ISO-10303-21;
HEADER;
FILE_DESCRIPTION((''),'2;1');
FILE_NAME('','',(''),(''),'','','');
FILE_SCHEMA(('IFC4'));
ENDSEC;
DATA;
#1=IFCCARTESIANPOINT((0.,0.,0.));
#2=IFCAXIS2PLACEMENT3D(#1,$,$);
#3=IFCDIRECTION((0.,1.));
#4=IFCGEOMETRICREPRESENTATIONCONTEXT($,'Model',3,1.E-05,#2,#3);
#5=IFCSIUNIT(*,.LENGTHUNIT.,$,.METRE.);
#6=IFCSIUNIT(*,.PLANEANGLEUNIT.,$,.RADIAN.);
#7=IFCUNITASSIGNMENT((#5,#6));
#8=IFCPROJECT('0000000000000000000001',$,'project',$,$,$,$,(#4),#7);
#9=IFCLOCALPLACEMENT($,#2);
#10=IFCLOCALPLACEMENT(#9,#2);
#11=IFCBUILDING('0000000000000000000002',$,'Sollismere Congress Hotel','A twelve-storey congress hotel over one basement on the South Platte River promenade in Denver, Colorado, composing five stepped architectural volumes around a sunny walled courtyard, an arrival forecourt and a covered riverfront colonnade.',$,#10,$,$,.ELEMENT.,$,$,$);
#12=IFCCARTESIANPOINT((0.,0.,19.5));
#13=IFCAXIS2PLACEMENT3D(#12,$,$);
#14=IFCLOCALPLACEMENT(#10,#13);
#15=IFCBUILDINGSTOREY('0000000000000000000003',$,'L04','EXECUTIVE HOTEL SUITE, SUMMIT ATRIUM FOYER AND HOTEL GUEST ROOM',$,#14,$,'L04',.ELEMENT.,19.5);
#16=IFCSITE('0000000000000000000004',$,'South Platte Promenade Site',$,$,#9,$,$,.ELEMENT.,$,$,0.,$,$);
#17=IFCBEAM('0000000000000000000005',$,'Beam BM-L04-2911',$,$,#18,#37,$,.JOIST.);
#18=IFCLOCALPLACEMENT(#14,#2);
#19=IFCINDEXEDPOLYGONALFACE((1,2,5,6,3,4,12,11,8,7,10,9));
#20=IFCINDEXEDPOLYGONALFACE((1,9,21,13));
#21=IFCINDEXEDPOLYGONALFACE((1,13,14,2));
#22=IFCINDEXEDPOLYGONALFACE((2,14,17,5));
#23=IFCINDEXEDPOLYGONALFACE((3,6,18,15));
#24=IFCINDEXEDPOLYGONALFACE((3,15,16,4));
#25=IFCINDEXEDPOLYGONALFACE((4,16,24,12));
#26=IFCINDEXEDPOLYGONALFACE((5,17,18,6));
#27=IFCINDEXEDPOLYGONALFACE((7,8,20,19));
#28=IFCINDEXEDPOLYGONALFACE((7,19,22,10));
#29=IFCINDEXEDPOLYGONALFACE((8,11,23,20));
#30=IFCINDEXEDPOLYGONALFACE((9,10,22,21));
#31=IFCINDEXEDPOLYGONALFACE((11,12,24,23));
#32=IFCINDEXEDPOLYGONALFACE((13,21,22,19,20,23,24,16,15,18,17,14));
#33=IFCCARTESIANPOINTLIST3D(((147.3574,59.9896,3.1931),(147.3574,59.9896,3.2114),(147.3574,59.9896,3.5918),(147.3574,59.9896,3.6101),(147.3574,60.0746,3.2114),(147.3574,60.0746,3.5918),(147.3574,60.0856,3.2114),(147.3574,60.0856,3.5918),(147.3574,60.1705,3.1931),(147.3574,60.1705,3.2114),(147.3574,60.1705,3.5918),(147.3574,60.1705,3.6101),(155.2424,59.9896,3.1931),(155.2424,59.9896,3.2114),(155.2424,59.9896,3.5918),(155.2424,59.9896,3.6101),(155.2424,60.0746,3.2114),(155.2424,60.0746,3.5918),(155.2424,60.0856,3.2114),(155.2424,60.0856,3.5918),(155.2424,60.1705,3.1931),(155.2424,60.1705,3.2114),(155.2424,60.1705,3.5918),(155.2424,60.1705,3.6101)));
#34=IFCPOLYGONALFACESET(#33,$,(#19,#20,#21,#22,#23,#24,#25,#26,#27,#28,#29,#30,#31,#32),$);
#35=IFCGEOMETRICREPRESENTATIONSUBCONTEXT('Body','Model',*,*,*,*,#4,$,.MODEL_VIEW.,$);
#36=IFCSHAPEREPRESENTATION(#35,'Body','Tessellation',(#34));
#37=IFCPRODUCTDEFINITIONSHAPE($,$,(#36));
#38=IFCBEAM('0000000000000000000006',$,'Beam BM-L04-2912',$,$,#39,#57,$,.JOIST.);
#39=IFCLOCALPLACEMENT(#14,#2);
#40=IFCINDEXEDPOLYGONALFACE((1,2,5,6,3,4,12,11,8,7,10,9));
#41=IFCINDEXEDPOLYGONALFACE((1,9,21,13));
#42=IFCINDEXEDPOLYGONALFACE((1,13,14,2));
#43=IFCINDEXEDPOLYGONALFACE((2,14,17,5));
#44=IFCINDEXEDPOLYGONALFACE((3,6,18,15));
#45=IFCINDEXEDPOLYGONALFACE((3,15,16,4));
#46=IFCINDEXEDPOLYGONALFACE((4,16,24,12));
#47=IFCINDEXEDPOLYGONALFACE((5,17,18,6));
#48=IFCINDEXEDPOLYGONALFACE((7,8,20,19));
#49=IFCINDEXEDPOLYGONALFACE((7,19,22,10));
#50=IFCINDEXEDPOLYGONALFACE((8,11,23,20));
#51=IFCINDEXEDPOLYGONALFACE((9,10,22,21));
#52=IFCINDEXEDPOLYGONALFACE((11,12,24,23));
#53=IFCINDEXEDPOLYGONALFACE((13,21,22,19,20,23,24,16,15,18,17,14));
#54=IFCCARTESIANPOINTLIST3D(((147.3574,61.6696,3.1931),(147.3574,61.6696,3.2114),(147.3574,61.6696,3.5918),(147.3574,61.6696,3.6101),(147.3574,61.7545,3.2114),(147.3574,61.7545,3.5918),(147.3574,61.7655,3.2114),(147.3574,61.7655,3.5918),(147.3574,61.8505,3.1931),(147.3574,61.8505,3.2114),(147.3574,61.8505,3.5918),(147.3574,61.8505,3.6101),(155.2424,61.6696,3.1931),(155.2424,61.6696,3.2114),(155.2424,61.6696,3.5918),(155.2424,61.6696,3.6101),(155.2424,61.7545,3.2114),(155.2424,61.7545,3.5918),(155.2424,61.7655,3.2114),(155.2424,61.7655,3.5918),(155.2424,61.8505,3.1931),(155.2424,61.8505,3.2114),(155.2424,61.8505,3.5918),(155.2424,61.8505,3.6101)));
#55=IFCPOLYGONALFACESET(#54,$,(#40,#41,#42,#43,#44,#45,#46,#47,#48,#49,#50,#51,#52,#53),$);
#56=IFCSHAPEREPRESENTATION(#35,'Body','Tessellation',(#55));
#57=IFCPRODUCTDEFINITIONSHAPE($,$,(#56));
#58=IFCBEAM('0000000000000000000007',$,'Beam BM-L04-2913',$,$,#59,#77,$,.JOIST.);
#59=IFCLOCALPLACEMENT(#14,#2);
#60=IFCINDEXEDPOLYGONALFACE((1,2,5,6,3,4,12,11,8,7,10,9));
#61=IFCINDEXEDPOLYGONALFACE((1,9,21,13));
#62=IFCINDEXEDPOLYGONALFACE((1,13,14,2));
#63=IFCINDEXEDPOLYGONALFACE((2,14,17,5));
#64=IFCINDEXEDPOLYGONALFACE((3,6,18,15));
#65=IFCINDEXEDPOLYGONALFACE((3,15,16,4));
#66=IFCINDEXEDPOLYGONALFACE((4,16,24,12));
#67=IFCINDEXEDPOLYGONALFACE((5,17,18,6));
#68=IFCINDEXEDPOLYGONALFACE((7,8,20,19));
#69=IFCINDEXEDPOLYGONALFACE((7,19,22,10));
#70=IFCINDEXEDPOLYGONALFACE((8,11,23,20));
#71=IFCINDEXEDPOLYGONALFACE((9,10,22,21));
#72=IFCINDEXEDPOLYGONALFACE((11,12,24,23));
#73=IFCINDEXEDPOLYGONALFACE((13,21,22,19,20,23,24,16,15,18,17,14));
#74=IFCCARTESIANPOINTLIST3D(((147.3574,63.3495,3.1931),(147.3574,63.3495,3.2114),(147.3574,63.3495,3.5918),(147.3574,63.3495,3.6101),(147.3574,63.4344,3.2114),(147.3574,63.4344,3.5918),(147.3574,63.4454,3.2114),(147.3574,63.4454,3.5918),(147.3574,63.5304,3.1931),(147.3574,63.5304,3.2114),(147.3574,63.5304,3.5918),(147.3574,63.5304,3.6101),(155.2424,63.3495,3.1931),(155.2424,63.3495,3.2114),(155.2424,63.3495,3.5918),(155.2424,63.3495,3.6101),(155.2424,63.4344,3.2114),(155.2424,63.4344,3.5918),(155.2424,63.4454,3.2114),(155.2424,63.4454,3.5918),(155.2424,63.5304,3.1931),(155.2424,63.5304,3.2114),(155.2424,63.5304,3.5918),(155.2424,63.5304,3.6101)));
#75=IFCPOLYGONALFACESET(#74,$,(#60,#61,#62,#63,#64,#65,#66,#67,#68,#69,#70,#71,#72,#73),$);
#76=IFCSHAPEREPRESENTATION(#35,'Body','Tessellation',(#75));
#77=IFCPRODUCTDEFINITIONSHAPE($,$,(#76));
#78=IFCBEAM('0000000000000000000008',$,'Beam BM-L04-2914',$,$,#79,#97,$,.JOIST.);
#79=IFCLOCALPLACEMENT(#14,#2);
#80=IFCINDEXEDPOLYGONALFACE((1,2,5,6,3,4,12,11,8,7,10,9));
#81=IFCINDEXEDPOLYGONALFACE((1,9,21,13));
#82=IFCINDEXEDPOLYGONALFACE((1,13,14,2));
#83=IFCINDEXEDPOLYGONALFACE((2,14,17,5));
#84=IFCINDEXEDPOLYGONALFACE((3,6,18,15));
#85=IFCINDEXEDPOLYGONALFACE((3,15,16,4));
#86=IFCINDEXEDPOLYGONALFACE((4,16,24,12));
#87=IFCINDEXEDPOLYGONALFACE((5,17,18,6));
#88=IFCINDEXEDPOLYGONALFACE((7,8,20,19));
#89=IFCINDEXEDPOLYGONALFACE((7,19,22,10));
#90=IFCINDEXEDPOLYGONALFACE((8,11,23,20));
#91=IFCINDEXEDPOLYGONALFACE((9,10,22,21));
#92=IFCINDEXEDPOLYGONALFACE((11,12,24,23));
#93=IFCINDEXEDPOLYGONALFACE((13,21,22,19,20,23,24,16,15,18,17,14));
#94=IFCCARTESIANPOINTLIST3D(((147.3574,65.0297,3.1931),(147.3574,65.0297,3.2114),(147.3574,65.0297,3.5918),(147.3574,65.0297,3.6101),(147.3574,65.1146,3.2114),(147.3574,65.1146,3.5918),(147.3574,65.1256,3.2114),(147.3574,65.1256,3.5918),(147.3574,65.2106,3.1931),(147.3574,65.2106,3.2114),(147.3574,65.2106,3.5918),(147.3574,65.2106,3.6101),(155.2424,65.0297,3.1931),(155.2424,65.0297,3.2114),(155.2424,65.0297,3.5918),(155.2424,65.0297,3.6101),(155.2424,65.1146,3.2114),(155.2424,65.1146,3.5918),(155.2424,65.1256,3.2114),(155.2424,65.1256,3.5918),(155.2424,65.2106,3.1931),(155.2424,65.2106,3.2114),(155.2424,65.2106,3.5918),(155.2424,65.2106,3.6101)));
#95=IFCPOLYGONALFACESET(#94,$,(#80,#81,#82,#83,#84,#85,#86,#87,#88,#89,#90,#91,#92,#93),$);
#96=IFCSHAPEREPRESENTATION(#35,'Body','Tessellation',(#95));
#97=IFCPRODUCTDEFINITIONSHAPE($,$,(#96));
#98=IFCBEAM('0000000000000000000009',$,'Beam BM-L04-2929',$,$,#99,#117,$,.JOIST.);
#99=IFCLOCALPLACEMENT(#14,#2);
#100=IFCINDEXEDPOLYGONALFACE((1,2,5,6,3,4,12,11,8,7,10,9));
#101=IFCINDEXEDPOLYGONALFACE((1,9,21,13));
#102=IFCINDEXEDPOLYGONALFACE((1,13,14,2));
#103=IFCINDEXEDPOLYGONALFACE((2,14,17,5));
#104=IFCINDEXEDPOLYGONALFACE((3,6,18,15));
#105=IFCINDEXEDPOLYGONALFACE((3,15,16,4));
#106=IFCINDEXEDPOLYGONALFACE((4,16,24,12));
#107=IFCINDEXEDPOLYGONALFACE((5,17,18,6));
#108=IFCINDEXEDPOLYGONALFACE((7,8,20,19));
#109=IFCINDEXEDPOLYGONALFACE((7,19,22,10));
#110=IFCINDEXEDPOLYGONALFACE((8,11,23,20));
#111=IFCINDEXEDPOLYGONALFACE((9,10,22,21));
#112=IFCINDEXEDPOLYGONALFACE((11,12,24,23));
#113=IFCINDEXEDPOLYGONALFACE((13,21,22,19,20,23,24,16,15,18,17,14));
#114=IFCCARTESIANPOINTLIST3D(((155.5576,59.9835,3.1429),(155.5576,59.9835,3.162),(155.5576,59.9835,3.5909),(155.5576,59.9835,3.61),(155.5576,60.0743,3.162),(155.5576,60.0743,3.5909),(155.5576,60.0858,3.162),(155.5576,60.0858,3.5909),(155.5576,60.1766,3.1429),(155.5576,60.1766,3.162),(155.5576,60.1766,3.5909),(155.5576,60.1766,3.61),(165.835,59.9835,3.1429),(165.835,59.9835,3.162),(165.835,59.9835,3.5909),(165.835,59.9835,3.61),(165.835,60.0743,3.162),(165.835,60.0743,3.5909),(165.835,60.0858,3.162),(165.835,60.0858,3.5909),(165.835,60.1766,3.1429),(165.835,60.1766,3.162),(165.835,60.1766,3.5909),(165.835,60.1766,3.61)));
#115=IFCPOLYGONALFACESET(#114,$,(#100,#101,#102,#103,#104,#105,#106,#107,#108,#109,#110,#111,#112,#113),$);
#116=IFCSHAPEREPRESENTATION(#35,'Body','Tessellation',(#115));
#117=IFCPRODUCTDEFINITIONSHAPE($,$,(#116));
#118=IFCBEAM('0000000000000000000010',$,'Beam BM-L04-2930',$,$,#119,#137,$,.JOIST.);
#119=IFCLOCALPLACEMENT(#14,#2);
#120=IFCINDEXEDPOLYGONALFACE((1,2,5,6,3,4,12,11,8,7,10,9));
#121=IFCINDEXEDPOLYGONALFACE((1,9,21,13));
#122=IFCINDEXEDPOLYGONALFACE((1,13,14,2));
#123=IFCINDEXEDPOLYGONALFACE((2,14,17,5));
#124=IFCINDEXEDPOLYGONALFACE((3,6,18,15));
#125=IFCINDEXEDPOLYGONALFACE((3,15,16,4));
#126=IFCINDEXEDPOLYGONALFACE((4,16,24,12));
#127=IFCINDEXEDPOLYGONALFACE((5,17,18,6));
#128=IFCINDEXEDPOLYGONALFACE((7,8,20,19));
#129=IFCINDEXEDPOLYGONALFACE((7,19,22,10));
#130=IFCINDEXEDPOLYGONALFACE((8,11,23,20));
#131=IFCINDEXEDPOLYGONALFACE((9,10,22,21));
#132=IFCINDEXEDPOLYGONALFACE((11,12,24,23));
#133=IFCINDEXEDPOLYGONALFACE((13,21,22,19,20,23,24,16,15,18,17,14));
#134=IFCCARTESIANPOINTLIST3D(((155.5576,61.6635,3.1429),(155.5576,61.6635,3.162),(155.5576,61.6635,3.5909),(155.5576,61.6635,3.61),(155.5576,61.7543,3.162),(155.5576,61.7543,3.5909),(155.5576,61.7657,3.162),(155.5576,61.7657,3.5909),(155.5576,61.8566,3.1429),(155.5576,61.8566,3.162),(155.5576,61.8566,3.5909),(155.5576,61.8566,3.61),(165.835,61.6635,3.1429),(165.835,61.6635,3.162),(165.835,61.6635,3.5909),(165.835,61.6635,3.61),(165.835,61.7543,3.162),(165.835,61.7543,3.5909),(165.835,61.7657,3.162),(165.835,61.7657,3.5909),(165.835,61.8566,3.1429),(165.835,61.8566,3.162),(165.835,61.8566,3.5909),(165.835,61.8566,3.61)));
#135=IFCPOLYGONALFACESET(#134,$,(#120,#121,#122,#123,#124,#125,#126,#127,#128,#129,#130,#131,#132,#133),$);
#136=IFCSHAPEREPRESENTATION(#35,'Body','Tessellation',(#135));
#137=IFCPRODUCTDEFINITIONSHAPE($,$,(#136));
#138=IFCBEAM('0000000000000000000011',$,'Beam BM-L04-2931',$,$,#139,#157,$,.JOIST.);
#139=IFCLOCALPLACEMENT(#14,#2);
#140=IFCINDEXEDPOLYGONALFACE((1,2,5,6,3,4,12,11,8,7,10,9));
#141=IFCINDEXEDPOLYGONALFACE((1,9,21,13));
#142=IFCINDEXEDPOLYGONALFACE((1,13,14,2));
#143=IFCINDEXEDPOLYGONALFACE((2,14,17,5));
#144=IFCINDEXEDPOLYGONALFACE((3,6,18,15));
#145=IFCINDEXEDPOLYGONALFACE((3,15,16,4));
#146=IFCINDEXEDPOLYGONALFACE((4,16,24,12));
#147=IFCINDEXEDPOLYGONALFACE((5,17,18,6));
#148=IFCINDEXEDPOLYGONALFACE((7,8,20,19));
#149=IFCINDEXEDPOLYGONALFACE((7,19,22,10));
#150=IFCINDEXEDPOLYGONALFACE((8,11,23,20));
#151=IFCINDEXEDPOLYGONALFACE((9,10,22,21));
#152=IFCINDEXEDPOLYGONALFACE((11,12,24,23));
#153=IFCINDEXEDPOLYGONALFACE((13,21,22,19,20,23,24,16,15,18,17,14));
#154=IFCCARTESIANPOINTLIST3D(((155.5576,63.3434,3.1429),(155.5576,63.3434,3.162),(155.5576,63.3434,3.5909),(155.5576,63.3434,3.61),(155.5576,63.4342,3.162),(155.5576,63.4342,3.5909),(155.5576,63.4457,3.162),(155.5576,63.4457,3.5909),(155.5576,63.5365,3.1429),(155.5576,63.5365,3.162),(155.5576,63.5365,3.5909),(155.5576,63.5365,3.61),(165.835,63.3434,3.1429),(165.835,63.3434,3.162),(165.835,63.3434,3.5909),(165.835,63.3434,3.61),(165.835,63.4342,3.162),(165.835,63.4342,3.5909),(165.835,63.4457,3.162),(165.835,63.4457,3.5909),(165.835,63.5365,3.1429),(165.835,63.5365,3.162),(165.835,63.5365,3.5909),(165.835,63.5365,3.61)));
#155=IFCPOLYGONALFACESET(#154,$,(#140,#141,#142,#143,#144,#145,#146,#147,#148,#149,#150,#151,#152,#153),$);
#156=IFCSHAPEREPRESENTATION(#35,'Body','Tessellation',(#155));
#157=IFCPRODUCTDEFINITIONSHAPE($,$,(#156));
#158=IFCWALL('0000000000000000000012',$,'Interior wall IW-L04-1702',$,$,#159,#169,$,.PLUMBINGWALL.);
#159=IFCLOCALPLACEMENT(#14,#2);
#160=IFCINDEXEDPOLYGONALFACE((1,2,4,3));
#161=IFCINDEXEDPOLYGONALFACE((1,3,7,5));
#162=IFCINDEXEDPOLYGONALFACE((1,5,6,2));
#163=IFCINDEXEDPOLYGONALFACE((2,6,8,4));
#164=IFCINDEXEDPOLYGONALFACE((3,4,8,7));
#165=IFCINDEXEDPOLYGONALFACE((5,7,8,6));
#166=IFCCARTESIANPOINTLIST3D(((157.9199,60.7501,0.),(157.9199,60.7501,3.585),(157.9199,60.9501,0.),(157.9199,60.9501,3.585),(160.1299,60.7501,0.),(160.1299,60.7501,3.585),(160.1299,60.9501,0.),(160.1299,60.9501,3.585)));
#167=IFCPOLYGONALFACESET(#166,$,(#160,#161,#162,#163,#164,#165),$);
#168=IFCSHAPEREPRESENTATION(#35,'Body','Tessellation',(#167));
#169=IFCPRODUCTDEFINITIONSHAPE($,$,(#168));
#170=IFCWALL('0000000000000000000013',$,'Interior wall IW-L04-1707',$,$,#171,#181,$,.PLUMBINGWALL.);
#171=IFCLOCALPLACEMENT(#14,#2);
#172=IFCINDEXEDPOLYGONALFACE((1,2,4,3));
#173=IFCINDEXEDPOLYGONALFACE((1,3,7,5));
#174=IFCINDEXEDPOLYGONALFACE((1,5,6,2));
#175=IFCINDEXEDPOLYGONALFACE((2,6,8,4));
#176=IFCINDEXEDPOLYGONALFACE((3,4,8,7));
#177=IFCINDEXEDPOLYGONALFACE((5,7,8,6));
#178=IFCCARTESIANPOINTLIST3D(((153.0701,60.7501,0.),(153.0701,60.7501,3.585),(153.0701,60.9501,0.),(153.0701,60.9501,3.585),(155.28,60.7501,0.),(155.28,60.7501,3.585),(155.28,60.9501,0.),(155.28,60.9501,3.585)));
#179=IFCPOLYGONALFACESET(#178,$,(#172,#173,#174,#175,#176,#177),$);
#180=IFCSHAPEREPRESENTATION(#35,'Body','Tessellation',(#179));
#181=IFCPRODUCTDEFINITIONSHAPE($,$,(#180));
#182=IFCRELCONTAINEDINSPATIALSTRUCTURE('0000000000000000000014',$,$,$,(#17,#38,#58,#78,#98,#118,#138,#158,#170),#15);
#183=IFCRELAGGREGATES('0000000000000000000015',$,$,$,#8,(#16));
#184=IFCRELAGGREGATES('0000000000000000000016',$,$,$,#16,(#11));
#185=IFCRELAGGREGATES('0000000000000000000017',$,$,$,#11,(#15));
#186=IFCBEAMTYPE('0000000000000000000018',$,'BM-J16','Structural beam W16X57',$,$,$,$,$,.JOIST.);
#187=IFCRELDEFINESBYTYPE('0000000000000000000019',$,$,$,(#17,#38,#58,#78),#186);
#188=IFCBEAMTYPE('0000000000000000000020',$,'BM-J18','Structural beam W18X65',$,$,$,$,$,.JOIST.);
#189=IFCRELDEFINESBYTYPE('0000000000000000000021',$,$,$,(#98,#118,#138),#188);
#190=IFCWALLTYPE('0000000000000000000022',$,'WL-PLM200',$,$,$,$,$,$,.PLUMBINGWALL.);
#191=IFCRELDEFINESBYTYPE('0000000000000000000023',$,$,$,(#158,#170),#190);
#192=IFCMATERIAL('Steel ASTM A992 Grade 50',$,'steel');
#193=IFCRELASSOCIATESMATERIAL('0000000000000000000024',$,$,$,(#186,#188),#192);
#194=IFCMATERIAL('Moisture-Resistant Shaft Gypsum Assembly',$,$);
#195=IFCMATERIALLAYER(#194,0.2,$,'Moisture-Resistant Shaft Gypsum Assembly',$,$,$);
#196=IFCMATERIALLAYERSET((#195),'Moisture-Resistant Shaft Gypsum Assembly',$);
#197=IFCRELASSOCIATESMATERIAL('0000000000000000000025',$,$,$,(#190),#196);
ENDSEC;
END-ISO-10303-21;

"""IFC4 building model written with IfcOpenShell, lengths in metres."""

from ifc_helpers import new_model, si_unit, direction, frame, frame_2d, origin, origin_2d, place, context, subcontext, project, spatial, rectangle, i_section, extrude, material, layer, layer_set, material_profile, profile_set, type_object, element, save


model = new_model("IFC4")

# Units and contexts
model_context = context("Model", 3, precision=1e-05, world=origin(), true_north=direction((0.0, 1.0)))
body_context = subcontext(model_context, "Body", "Model", "MODEL_VIEW")
ifc_project = project(units=[si_unit("LENGTHUNIT", "METRE"), si_unit("PLANEANGLEUNIT", "RADIAN")], contexts=[model_context])

# Site, building, storey
site_placement = place(None, origin())
site = spatial("IfcSite", under=ifc_project, at=site_placement, Name="South Platte Promenade Site", CompositionType="ELEMENT", RefElevation=0.0)
building_placement = place(site_placement, origin())
building = spatial("IfcBuilding", under=site, at=building_placement, Name="Sollismere Congress Hotel", Description="A twelve-storey congress hotel over one basement on the South Platte River promenade in Denver, Colorado, composing five stepped architectural volumes around a sunny walled courtyard, an arrival forecourt and a covered riverfront colonnade.", CompositionType="ELEMENT")
storey_placement = place(building_placement, frame((0.0, 0.0, 19.5)))
storey = spatial("IfcBuildingStorey", under=building, at=storey_placement, Name="L04", Description="EXECUTIVE HOTEL SUITE, SUMMIT ATRIUM FOYER AND HOTEL GUEST ROOM", LongName="L04", CompositionType="ELEMENT", Elevation=19.5)

# Beams
ifc_material_1 = material(Name="Steel ASTM A992 Grade 50", Category="steel")
ifc_material_profile_1 = material_profile(ifc_material_1, i_section(OverallWidth=0.1809, OverallDepth=0.417, WebThickness=0.011, FlangeThickness=0.0183, at=origin_2d()), Name="W16X57")
ifc_profile_set_1 = profile_set([ifc_material_profile_1], Name="Steel ASTM A992 Grade 50")
beam_type_1 = type_object("IfcBeamType", Name="BM-J16", Description="Structural beam W16X57", PredefinedType="JOIST", material=ifc_profile_set_1)
for number, where, z_axis, x_axis, name in (
    (1, (147.3574, 60.0801, 3.4016), (1.0, 0.0, 0.0), (0.0, 1.0, 0.0), "Beam BM-L04-2911"),
    (2, (147.3574, 61.76, 3.4016), (1.0, 0.0, 0.0), (0.0, 1.0, 0.0), "Beam BM-L04-2912"),
    (3, (147.3574, 63.4399, 3.4016), (1.0, 0.0, 0.0), (0.0, 1.0, 0.0), "Beam BM-L04-2913"),
    (4, (147.3574, 65.1201, 3.4016), (1.0, 0.0, 0.0), (0.0, 1.0, 0.0), "Beam BM-L04-2914"),
):
    element("IfcBeam", number, at=place(storey_placement, frame(where, z_axis=z_axis, x_axis=x_axis)), inside=storey, type_object=beam_type_1, Name=name, PredefinedType="JOIST", context=body_context, shape_type="SweptSolid", body=[
        extrude(i_section(OverallWidth=0.1809, OverallDepth=0.417, WebThickness=0.011, FlangeThickness=0.0183, at=origin_2d()), origin(), (0.0, 0.0, 1.0), 7.885),
    ])
ifc_material_profile_2 = material_profile(ifc_material_1, i_section(OverallWidth=0.1931, OverallDepth=0.467, WebThickness=0.0115, FlangeThickness=0.019, at=origin_2d()), Name="W18X65")
ifc_profile_set_2 = profile_set([ifc_material_profile_2], Name="Steel ASTM A992 Grade 50")
beam_type_2 = type_object("IfcBeamType", Name="BM-J18", Description="Structural beam W18X65", PredefinedType="JOIST", material=ifc_profile_set_2)
for number, where, z_axis, x_axis, name in (
    (5, (155.5576, 60.0801, 3.3765), (1.0, 0.0, 0.0), (0.0, 1.0, 0.0), "Beam BM-L04-2929"),
    (6, (155.5576, 61.76, 3.3765), (1.0, 0.0, 0.0), (0.0, 1.0, 0.0), "Beam BM-L04-2930"),
    (7, (155.5576, 63.4399, 3.3765), (1.0, 0.0, 0.0), (0.0, 1.0, 0.0), "Beam BM-L04-2931"),
):
    element("IfcBeam", number, at=place(storey_placement, frame(where, z_axis=z_axis, x_axis=x_axis)), inside=storey, type_object=beam_type_2, Name=name, PredefinedType="JOIST", context=body_context, shape_type="SweptSolid", body=[
        extrude(i_section(OverallWidth=0.1931, OverallDepth=0.467, WebThickness=0.0115, FlangeThickness=0.019, at=origin_2d()), origin(), (0.0, 0.0, 1.0), 10.2773),
    ])

# Walls
ifc_material_2 = material(Name="Moisture-Resistant Shaft Gypsum Assembly")
ifc_layer_1 = layer(ifc_material_2, 0.2, Name="Moisture-Resistant Shaft Gypsum Assembly")
ifc_layer_set_1 = layer_set([ifc_layer_1], Name="Moisture-Resistant Shaft Gypsum Assembly")
wall_type_1 = type_object("IfcWallType", Name="WL-PLM200", PredefinedType="PLUMBINGWALL", material=ifc_layer_set_1)
for number, where, z_axis, x_axis, name in (
    (8, (157.9199, 60.8501, 0.0), (0.0, 0.0, 1.0), (1.0, 0.0, 0.0), "Interior wall IW-L04-1702"),
    (9, (153.0701, 60.8501, 0.0), (0.0, 0.0, 1.0), (1.0, 0.0, 0.0), "Interior wall IW-L04-1707"),
):
    element("IfcWall", number, at=place(storey_placement, frame(where, z_axis=z_axis, x_axis=x_axis)), inside=storey, type_object=wall_type_1, Name=name, PredefinedType="PLUMBINGWALL", context=body_context, shape_type="SweptSolid", body=[
        extrude(rectangle(XDim=2.21, YDim=0.2, at=frame_2d((1.105, 0.0))), origin(), (0.0, 0.0, 1.0), 3.585),
    ])

save(model, "model.ifc")
